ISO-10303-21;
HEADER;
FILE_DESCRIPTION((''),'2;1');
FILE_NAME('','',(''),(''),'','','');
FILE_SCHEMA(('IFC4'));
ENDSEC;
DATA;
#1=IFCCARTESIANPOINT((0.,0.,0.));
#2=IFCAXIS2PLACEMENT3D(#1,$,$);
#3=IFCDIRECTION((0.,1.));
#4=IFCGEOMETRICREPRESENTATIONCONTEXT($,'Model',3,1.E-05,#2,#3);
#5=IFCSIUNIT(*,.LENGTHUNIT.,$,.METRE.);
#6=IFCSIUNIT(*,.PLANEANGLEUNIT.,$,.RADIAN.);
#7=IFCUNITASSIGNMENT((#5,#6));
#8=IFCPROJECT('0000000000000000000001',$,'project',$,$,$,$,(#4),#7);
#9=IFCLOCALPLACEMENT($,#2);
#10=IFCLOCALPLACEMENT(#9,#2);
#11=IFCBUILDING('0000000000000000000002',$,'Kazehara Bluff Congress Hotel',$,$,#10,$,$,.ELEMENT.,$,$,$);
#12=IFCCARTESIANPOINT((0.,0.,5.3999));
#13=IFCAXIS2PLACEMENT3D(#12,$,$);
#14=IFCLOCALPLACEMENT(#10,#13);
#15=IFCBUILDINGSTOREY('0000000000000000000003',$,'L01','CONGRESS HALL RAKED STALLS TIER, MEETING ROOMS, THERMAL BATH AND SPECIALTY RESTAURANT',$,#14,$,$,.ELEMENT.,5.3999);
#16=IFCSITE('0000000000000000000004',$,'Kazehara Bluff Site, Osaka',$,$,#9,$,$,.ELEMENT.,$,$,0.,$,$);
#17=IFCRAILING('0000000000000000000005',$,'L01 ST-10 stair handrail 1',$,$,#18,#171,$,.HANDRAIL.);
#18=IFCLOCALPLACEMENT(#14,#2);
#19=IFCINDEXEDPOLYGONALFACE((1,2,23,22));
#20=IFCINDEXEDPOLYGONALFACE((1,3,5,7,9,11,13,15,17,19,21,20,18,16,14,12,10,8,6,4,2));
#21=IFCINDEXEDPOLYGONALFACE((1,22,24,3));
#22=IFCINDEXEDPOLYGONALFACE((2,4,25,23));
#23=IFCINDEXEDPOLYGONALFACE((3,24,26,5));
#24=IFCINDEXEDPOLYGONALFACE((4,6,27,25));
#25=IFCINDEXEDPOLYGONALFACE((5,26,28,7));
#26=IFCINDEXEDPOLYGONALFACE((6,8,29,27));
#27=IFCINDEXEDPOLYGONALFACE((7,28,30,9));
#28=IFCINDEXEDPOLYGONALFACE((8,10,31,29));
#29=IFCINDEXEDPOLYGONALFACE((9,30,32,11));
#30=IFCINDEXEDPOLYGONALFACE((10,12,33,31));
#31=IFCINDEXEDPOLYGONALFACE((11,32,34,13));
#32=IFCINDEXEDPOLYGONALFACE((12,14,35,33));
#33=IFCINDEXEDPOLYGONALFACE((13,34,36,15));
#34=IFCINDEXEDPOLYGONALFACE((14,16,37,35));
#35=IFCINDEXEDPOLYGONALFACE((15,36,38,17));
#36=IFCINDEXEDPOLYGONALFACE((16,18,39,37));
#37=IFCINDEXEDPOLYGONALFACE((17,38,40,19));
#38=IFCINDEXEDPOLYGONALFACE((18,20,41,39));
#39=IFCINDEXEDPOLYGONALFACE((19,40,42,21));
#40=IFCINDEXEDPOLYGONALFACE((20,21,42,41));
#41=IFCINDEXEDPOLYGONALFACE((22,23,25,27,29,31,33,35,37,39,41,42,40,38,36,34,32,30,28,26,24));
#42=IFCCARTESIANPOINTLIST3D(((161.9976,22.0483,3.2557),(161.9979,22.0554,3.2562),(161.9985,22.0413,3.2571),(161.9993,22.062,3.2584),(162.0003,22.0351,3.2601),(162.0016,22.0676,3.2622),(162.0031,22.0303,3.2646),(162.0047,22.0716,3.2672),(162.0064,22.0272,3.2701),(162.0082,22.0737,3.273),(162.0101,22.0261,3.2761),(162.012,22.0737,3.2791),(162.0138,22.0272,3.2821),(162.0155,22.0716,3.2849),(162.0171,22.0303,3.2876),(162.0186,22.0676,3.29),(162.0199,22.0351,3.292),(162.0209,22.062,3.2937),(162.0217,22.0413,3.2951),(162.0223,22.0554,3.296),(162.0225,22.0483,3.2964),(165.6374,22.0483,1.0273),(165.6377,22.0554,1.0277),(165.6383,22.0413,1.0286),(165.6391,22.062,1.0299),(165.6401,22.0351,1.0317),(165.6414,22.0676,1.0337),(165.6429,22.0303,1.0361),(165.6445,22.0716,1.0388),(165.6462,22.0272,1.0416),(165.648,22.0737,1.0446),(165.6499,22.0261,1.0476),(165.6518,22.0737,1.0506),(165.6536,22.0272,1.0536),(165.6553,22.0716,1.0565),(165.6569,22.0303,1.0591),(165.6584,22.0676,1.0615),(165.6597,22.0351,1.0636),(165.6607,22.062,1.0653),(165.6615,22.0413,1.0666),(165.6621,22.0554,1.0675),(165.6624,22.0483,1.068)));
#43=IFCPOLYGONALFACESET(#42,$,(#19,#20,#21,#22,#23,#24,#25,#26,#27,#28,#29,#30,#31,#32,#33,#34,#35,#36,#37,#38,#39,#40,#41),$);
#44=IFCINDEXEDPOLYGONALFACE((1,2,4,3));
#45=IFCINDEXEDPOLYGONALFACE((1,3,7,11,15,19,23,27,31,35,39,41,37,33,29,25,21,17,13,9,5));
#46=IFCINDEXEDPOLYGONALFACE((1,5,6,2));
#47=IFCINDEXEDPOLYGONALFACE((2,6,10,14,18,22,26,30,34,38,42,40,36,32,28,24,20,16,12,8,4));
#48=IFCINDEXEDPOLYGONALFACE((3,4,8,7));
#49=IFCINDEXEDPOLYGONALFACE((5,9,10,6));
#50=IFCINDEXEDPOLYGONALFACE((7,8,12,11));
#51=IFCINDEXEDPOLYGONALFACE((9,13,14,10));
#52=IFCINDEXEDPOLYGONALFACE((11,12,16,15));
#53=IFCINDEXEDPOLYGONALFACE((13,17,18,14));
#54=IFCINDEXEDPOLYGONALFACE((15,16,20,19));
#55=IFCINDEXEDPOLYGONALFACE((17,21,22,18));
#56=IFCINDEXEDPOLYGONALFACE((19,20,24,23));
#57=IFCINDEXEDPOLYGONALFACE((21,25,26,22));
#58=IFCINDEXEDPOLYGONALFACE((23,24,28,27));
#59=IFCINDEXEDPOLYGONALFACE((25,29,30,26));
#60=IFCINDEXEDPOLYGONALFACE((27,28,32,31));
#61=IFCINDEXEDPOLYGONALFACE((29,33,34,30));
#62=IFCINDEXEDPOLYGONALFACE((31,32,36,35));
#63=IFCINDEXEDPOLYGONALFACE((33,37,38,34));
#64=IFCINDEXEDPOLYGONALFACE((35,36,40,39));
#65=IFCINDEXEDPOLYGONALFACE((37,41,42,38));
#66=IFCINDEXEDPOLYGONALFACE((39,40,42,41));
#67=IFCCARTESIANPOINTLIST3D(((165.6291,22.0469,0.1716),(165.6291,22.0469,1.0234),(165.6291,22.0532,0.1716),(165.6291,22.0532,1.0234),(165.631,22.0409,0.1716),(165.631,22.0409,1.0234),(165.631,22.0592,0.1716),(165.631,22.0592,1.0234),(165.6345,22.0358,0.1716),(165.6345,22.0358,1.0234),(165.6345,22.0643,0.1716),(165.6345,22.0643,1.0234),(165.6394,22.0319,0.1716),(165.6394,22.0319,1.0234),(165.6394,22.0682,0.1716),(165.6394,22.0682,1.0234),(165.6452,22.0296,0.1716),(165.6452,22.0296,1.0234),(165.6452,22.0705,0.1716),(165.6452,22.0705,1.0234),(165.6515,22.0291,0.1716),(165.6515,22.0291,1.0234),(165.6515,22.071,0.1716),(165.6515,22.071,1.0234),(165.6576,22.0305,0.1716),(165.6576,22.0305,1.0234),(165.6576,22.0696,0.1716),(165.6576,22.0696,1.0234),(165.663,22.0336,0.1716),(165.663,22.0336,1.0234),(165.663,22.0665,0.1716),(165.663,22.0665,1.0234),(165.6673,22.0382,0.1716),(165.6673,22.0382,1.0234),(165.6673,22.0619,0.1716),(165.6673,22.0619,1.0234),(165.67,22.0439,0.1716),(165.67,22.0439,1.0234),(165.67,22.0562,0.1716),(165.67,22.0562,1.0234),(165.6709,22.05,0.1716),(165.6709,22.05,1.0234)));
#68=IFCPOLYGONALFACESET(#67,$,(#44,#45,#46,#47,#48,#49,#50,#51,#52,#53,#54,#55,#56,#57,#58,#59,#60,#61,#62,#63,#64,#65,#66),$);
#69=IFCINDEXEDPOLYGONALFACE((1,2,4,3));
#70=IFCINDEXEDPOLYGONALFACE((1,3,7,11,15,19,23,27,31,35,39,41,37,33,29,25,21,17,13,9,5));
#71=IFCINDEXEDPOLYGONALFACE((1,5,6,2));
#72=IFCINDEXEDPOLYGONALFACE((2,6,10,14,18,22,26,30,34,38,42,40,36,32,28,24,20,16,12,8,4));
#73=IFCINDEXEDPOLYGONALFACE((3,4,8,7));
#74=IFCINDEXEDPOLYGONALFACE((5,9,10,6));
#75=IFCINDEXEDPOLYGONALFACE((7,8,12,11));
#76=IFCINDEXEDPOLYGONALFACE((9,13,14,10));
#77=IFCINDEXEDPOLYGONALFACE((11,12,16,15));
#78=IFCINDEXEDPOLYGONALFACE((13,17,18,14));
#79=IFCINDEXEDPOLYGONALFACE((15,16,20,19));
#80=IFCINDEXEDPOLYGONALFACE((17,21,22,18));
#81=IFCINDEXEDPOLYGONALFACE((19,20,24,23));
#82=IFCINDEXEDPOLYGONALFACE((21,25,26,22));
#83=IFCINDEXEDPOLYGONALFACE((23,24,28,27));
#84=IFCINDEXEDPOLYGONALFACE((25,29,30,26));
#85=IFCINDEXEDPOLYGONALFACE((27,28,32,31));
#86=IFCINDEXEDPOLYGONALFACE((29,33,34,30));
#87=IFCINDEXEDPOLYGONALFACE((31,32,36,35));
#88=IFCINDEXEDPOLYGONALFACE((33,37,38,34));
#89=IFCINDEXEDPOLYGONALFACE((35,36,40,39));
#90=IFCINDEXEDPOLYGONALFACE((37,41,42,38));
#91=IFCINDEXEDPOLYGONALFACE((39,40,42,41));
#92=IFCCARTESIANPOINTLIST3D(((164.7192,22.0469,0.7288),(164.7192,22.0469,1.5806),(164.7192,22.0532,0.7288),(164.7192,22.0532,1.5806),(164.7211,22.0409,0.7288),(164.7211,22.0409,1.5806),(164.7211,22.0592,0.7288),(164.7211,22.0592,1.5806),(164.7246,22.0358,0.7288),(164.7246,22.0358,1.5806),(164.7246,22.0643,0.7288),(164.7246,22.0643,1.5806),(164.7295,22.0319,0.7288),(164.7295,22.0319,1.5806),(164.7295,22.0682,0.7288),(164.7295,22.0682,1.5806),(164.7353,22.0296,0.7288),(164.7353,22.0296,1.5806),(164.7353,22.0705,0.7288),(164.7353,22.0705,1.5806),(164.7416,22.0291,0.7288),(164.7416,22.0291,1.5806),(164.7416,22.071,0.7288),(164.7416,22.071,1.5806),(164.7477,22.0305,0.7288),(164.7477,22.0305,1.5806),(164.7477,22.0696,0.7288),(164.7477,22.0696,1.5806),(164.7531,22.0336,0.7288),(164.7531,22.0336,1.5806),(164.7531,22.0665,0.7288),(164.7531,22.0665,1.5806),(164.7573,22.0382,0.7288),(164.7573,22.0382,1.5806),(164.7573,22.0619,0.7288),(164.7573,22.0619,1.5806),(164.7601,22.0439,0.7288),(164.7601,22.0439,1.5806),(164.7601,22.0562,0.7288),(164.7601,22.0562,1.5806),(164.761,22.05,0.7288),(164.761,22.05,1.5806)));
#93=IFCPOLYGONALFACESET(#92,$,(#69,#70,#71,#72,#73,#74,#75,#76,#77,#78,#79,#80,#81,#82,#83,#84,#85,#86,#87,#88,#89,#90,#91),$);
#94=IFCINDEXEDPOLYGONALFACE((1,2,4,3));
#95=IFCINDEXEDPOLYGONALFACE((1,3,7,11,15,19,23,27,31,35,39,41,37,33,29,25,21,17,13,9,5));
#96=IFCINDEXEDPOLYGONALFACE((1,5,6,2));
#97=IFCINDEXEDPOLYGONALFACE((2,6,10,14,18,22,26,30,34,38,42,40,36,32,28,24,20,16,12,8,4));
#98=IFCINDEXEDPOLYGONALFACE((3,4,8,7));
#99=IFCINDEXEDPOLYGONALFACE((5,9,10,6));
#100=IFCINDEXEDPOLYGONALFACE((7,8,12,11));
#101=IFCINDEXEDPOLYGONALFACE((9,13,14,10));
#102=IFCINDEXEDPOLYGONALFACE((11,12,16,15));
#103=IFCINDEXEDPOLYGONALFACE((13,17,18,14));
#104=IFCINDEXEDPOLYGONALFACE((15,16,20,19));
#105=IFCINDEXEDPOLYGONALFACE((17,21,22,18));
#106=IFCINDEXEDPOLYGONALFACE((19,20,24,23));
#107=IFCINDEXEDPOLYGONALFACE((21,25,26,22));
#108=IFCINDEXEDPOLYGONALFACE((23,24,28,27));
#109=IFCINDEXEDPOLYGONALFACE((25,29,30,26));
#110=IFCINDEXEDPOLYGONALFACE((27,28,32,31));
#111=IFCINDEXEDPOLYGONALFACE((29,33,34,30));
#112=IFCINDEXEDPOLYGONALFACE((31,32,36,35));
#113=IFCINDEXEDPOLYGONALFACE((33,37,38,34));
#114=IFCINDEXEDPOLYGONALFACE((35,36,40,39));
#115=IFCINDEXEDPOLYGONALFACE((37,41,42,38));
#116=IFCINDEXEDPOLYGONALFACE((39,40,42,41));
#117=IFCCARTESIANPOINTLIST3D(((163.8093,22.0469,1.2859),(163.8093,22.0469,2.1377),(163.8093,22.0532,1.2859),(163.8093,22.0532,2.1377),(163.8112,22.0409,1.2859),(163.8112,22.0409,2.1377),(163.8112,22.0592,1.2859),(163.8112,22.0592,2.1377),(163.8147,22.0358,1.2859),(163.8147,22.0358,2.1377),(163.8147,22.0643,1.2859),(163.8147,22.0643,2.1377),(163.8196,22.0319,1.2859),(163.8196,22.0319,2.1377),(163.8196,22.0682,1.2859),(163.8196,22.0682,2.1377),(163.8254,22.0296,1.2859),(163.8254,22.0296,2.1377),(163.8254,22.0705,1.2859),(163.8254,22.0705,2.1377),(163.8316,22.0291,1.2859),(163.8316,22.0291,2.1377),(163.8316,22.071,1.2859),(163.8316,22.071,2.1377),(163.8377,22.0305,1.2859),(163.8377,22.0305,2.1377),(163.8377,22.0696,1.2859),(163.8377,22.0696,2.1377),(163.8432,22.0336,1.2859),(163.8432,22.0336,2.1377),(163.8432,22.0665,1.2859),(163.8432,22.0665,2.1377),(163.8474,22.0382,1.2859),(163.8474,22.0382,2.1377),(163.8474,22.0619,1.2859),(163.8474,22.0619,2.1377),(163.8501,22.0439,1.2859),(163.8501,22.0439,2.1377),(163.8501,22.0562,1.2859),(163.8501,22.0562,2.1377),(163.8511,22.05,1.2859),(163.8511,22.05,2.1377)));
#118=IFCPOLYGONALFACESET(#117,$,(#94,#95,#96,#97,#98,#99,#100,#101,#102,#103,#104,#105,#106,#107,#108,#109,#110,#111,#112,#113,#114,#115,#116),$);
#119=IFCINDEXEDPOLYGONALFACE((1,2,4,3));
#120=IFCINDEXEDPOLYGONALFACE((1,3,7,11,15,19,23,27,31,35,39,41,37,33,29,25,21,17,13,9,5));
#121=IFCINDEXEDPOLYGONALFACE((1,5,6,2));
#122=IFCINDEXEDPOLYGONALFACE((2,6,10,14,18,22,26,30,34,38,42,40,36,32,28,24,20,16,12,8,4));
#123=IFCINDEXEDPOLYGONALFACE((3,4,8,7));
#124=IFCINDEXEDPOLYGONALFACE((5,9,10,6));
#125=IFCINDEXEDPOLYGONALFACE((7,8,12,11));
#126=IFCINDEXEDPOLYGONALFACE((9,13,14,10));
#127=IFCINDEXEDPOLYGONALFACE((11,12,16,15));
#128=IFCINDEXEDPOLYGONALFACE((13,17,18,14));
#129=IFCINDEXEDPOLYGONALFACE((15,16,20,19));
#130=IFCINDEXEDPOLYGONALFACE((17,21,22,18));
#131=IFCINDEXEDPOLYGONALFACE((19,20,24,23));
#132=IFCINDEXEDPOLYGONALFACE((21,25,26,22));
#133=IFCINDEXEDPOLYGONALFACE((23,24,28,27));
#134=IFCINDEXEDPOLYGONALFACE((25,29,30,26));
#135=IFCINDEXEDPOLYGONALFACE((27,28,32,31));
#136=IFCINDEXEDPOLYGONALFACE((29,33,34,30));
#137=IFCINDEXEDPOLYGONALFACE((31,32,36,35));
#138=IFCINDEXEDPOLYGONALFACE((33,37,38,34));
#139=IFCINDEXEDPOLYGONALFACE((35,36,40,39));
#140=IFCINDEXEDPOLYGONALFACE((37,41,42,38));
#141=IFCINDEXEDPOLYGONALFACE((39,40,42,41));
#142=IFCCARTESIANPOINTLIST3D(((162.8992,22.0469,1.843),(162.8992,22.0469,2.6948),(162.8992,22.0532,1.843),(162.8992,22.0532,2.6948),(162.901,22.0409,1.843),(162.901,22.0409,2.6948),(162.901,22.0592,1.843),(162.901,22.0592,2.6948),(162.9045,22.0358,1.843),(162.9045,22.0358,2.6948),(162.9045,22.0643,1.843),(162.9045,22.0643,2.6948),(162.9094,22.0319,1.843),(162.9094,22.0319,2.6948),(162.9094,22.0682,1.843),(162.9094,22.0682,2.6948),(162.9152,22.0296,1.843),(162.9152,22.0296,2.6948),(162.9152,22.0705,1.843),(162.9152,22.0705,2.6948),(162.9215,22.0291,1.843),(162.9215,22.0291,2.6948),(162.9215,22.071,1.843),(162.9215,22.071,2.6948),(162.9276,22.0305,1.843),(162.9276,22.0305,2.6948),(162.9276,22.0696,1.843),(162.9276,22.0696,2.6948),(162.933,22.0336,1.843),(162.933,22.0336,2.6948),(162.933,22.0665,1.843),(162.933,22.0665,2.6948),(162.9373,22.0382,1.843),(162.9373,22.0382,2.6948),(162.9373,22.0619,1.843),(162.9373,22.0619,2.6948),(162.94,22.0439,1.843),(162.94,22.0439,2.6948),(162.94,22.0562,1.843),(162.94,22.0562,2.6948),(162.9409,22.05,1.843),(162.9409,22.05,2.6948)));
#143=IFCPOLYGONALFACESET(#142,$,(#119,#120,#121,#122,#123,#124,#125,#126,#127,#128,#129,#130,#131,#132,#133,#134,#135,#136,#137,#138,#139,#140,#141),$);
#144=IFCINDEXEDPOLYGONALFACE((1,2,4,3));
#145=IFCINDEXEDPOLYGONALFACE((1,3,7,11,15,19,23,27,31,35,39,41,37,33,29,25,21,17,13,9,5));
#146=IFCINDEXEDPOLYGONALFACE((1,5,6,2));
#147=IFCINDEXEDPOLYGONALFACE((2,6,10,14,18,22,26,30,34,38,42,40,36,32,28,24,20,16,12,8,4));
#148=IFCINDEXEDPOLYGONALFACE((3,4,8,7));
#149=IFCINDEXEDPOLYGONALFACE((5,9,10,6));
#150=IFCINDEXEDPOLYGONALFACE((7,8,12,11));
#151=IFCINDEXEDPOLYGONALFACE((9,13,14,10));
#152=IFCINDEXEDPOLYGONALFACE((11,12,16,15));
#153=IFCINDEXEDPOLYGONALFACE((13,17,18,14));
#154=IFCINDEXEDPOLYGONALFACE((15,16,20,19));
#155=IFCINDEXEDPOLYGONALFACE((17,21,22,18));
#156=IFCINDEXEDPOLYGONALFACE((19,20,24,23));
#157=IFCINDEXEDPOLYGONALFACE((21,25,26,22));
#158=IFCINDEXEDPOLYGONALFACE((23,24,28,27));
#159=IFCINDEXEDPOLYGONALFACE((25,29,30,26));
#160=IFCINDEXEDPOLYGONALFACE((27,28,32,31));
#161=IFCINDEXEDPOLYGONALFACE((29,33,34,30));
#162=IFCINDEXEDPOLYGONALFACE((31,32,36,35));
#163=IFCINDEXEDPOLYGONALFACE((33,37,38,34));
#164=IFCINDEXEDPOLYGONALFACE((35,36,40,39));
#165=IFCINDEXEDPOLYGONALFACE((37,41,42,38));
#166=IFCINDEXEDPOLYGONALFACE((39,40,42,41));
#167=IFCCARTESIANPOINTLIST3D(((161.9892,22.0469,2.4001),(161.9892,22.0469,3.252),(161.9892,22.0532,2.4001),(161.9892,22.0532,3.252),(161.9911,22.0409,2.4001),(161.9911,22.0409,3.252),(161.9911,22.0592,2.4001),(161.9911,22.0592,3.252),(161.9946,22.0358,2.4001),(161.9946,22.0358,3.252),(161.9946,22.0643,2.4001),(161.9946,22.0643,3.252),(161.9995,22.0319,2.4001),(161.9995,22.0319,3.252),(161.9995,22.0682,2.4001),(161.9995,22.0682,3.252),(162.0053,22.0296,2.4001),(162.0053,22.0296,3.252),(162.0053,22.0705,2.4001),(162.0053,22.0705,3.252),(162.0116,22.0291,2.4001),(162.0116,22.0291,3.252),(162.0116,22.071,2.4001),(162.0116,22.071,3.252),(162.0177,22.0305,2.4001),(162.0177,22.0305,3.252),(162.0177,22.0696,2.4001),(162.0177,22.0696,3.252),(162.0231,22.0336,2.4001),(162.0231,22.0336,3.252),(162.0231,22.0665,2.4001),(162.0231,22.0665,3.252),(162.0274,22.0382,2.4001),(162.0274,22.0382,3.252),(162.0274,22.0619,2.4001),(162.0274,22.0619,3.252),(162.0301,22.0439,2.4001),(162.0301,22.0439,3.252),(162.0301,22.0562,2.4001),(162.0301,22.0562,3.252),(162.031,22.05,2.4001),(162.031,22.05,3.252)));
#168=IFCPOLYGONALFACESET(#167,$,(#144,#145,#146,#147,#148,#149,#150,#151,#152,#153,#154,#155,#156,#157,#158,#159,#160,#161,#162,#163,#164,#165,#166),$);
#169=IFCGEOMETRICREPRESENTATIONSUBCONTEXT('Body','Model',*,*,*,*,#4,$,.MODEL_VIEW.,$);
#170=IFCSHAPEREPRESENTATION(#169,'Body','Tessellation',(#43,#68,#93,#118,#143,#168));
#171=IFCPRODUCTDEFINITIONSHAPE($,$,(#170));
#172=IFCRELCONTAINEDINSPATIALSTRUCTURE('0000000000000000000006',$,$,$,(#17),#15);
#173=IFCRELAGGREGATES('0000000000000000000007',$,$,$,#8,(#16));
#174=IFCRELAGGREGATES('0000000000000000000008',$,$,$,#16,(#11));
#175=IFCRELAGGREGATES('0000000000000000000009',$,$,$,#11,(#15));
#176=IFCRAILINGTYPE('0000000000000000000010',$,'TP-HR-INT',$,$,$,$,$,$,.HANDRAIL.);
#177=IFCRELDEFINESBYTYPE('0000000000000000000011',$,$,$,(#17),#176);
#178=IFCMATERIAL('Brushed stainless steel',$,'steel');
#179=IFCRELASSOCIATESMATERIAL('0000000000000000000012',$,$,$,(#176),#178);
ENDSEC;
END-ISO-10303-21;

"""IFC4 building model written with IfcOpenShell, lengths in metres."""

from ifc_helpers import new_model, si_unit, direction, frame, origin, origin_2d, place, context, subcontext, project, spatial, circle, extrude, material, type_object, element, save


model = new_model("IFC4")

# Units and contexts
model_context = context("Model", 3, precision=1e-05, world=origin(), true_north=direction((0.0, 1.0)))
body_context = subcontext(model_context, "Body", "Model", "MODEL_VIEW")
ifc_project = project(units=[si_unit("LENGTHUNIT", "METRE"), si_unit("PLANEANGLEUNIT", "RADIAN")], contexts=[model_context])

# Site, building, storey
site_placement = place(None, origin())
site = spatial("IfcSite", under=ifc_project, at=site_placement, Name="Kazehara Bluff Site, Osaka", CompositionType="ELEMENT", RefElevation=0.0)
building_placement = place(site_placement, origin())
building = spatial("IfcBuilding", under=site, at=building_placement, Name="Kazehara Bluff Congress Hotel", CompositionType="ELEMENT")
storey_placement = place(building_placement, frame((0.0, 0.0, 5.3999)))
storey = spatial("IfcBuildingStorey", under=building, at=storey_placement, Name="L01", Description="CONGRESS HALL RAKED STALLS TIER, MEETING ROOMS, THERMAL BATH AND SPECIALTY RESTAURANT", CompositionType="ELEMENT", Elevation=5.3999)

# Railing
ifc_material_1 = material(Name="Brushed stainless steel", Category="steel")
railing_type_1 = type_object("IfcRailingType", Name="TP-HR-INT", PredefinedType="HANDRAIL", material=ifc_material_1)
railing_1_placement = place(storey_placement, frame((165.6499, 22.05, 0.1716)))
element("IfcRailing", 1, at=railing_1_placement, inside=storey, type_object=railing_type_1, Name="L01 ST-10 stair handrail 1", PredefinedType="HANDRAIL", context=body_context, shape_type="SweptSolid", body=[
    extrude(circle(Radius=0.0239, at=origin_2d()), frame((0.0, 0.0, 0.876), z_axis=(-0.85285, 0.0, 0.522156), x_axis=(0.0, -1.0, 0.0)), (0.0, 0.0, 1.0), 4.2678),
    extrude(circle(Radius=0.021, at=origin_2d()), origin(), (0.0, 0.0, 1.0), 0.8518),
    extrude(circle(Radius=0.021, at=origin_2d()), frame((-0.9099, 0.0, 0.5571)), (0.0, 0.0, 1.0), 0.8518),
    extrude(circle(Radius=0.021, at=origin_2d()), frame((-1.8198, 0.0, 1.1143)), (0.0, 0.0, 1.0), 0.8518),
    extrude(circle(Radius=0.021, at=origin_2d()), frame((-2.73, 0.0, 1.6714)), (0.0, 0.0, 1.0), 0.8518),
    extrude(circle(Radius=0.021, at=origin_2d()), frame((-3.6399, 0.0, 2.2285)), (0.0, 0.0, 1.0), 0.8518),
])

save(model, "model.ifc")
